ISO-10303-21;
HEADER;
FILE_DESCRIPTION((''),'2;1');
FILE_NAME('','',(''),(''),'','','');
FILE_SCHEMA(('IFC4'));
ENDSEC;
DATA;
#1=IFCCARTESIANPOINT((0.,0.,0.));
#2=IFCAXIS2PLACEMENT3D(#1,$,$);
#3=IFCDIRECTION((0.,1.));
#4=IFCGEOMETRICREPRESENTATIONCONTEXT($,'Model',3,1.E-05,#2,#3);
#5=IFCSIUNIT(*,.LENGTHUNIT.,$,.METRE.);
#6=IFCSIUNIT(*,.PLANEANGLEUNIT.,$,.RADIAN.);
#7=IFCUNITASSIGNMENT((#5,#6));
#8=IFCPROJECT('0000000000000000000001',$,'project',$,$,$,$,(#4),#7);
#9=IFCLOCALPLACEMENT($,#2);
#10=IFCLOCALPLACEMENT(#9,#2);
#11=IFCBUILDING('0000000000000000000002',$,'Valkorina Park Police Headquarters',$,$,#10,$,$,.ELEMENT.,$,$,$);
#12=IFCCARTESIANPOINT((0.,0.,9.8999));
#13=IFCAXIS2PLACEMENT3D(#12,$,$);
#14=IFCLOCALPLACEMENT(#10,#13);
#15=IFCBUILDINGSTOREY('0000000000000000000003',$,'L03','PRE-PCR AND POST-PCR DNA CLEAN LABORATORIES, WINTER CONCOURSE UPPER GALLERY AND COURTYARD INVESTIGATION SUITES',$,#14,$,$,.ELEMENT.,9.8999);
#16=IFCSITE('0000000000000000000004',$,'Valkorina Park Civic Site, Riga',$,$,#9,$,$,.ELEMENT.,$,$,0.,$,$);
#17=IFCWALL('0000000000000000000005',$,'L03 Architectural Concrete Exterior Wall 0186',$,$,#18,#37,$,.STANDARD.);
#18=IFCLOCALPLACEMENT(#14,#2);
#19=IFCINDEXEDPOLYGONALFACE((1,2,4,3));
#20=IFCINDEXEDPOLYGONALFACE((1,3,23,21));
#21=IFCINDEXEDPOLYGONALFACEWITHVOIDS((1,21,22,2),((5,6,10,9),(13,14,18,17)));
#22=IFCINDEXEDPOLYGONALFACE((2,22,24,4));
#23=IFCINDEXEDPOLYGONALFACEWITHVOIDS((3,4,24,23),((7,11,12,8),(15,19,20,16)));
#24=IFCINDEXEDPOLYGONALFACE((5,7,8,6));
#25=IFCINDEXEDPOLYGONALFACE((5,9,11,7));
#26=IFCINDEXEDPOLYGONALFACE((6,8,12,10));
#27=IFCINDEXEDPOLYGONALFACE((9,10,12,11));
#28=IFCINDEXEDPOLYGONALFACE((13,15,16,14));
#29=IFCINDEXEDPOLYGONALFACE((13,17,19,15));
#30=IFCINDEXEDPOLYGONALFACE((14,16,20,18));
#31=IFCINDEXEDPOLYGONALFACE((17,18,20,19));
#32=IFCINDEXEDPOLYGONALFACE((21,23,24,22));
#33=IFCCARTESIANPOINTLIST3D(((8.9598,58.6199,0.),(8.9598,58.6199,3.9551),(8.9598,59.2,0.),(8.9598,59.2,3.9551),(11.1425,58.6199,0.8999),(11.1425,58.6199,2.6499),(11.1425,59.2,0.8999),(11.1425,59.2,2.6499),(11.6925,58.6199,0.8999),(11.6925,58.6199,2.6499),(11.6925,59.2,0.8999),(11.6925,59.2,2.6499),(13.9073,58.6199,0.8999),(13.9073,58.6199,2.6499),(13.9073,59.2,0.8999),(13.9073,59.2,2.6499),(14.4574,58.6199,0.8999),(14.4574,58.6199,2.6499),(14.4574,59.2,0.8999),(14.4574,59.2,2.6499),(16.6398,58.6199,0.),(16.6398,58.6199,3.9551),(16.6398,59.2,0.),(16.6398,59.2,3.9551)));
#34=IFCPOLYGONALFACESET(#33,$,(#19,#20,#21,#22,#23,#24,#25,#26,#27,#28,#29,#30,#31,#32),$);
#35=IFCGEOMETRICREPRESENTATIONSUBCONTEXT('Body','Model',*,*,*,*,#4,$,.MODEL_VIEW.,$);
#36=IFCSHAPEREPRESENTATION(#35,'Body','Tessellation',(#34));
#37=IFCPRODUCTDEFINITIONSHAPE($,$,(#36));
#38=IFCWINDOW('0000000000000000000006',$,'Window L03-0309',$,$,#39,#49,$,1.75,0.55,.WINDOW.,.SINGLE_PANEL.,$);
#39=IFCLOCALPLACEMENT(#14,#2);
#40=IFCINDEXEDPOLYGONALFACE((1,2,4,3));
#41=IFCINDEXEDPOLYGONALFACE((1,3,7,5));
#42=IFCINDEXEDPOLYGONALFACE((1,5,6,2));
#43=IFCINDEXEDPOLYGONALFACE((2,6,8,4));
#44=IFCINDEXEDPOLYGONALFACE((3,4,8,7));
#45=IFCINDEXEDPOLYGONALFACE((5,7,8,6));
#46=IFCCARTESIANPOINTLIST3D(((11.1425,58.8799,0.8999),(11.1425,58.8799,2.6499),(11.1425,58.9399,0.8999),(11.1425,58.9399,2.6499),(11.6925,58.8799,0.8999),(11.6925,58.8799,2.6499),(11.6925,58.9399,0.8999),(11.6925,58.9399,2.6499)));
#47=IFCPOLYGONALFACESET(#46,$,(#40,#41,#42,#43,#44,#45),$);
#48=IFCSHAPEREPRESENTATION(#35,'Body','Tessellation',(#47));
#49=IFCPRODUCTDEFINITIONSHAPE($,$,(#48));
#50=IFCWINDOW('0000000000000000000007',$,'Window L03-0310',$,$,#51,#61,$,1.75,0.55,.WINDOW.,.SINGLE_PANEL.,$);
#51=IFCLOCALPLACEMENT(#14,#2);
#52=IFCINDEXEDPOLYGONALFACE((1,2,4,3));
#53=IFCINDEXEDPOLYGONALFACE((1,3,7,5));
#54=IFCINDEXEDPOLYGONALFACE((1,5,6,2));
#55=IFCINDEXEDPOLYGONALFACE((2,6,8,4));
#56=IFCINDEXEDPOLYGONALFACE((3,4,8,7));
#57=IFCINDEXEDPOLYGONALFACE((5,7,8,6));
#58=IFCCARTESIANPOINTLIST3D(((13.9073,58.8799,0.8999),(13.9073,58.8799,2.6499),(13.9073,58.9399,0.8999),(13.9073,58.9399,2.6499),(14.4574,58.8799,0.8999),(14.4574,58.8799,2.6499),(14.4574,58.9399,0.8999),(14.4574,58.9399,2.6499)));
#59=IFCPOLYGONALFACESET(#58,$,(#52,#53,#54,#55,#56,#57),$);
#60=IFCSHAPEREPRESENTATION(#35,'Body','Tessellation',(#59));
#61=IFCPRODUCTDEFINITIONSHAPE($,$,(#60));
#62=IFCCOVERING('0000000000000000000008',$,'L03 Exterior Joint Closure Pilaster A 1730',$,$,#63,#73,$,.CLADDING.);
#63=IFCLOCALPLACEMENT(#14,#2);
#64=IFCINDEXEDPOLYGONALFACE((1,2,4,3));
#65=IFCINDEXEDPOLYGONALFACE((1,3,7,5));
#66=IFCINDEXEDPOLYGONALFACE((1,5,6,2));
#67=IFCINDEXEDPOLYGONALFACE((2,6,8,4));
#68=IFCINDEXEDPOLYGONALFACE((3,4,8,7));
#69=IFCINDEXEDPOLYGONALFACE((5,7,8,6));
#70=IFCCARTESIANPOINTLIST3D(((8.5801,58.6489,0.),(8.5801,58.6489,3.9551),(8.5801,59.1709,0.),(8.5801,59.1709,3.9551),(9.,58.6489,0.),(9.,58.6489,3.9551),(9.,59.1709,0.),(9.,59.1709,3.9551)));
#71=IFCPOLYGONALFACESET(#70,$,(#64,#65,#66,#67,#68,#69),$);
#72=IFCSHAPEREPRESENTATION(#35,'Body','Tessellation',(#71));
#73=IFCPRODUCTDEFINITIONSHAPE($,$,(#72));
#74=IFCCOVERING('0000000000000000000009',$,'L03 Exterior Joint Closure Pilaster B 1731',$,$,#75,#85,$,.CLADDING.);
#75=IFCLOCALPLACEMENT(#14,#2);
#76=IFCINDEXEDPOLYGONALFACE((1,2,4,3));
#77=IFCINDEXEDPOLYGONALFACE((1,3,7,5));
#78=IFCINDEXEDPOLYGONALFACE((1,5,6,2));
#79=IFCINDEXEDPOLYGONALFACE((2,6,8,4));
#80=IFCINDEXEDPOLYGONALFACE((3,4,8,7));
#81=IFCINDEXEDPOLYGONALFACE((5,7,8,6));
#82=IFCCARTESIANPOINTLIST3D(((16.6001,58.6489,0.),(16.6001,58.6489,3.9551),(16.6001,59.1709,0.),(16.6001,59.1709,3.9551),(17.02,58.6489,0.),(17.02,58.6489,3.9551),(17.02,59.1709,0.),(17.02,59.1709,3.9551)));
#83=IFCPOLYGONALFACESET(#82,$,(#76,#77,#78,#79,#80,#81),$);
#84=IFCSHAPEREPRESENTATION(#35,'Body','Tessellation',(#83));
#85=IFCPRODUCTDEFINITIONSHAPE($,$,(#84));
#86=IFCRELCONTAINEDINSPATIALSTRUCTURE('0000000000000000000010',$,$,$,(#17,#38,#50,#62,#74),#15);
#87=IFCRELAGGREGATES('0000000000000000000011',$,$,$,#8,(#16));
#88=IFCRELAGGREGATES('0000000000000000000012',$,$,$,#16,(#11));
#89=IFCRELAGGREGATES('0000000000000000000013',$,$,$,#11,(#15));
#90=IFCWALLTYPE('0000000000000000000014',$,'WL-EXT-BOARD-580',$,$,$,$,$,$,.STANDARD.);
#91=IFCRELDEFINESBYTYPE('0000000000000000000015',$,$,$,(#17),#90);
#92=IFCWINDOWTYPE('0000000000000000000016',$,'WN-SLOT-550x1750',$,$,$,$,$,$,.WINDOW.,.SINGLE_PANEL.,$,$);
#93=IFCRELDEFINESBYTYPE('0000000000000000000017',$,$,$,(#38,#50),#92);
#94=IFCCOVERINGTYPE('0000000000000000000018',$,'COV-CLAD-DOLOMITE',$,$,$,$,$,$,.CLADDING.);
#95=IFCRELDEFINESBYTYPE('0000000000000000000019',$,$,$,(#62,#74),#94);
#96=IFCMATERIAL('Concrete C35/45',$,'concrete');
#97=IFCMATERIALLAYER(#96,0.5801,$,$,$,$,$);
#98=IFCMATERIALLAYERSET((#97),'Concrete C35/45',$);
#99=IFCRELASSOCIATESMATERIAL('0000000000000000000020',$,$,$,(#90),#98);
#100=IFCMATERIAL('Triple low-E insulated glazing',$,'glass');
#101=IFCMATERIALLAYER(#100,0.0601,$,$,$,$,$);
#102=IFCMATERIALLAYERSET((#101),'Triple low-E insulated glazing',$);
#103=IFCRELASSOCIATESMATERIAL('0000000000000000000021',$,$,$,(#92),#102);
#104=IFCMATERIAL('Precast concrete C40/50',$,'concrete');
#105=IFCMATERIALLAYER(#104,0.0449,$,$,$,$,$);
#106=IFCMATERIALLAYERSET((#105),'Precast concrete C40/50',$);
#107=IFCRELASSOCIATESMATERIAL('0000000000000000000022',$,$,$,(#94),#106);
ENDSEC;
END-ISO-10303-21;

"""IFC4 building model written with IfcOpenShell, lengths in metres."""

from ifc_helpers import new_model, si_unit, direction, frame, frame_2d, origin, origin_2d, place, context, subcontext, project, spatial, rectangle, extrude, material, layer, layer_set, type_object, element, fill, save


model = new_model("IFC4")

# Units and contexts
model_context = context("Model", 3, precision=1e-05, world=origin(), true_north=direction((0.0, 1.0)))
body_context = subcontext(model_context, "Body", "Model", "MODEL_VIEW")
ifc_project = project(units=[si_unit("LENGTHUNIT", "METRE"), si_unit("PLANEANGLEUNIT", "RADIAN")], contexts=[model_context])

# Site, building, storey
site_placement = place(None, origin())
site = spatial("IfcSite", under=ifc_project, at=site_placement, Name="Valkorina Park Civic Site, Riga", CompositionType="ELEMENT", RefElevation=0.0)
building_placement = place(site_placement, origin())
building = spatial("IfcBuilding", under=site, at=building_placement, Name="Valkorina Park Police Headquarters", CompositionType="ELEMENT")
storey_placement = place(building_placement, frame((0.0, 0.0, 9.8999)))
storey = spatial("IfcBuildingStorey", under=building, at=storey_placement, Name="L03", Description="PRE-PCR AND POST-PCR DNA CLEAN LABORATORIES, WINTER CONCOURSE UPPER GALLERY AND COURTYARD INVESTIGATION SUITES", CompositionType="ELEMENT", Elevation=9.8999)

# Shared definitions
ifc_material_1 = material(Name="Triple low-E insulated glazing", Category="glass")

# Wall, openings, windows
ifc_material_2 = material(Name="Concrete C35/45", Category="concrete")
ifc_layer_1 = layer(ifc_material_2, 0.5801)
ifc_layer_set_1 = layer_set([ifc_layer_1], Name="Concrete C35/45")
wall_type = type_object("IfcWallType", Name="WL-EXT-BOARD-580", PredefinedType="STANDARD", material=ifc_layer_set_1)
wall_placement = place(storey_placement, frame((8.96, 58.9099, 0.0), z_axis=(0.0, 0.0, 1.0), x_axis=(1.0, 0.0, 0.0)))
wall = element("IfcWall", 1, at=wall_placement, inside=storey, type_object=wall_type, Name="L03 Architectural Concrete Exterior Wall 0186", PredefinedType="STANDARD", context=body_context, shape_type="SweptSolid", body=[
    extrude(rectangle(XDim=7.6799, YDim=0.5801, at=frame_2d((3.8398, 0.0))), origin(), (0.0, 0.0, 1.0), 3.9551),
])
opening_1_placement = place(wall_placement, frame((2.1826, 0.0, 0.8999)))
opening_1 = element("IfcOpeningElement", 2, at=opening_1_placement, cuts=wall, PredefinedType="OPENING", context=body_context, shape_type="SweptSolid", body=[
    extrude(rectangle(XDim=0.55, YDim=1.75, at=frame_2d((0.2749, 0.875))), frame((0.0, 0.3, 0.0), z_axis=(0.0, -1.0, 0.0), x_axis=(1.0, 0.0, 0.0)), (0.0, 0.0, 1.0), 0.6001),
])
opening_2_placement = place(wall_placement, frame((4.9475, 0.0, 0.8999)))
opening_2 = element("IfcOpeningElement", 3, at=opening_2_placement, cuts=wall, PredefinedType="OPENING", context=body_context, shape_type="SweptSolid", body=[
    extrude(rectangle(XDim=0.55, YDim=1.75, at=frame_2d((0.2749, 0.875))), frame((0.0, 0.3, 0.0), z_axis=(0.0, -1.0, 0.0), x_axis=(1.0, 0.0, 0.0)), (0.0, 0.0, 1.0), 0.6001),
])
ifc_layer_2 = layer(ifc_material_1, 0.0601)
ifc_layer_set_2 = layer_set([ifc_layer_2], Name="Triple low-E insulated glazing")
window_type = type_object("IfcWindowType", Name="WN-SLOT-550x1750", PartitioningType="SINGLE_PANEL", PredefinedType="WINDOW", material=ifc_layer_set_2)
window_1_placement = place(opening_1_placement, origin())
window_1 = element("IfcWindow", 4, at=window_1_placement, inside=storey, type_object=window_type, Name="Window L03-0309", OverallHeight=1.75, OverallWidth=0.55, PartitioningType="SINGLE_PANEL", PredefinedType="WINDOW", context=body_context, shape_type="SweptSolid", body=[
    extrude(rectangle(XDim=0.55, YDim=1.75, at=frame_2d((0.2749, 0.875))), frame((0.0, 0.03, 0.0), z_axis=(0.0, -1.0, 0.0), x_axis=(1.0, 0.0, 0.0)), (0.0, 0.0, 1.0), 0.0601),
])
fill(opening_1, window_1)
window_2_placement = place(opening_2_placement, origin())
window_2 = element("IfcWindow", 5, at=window_2_placement, inside=storey, type_object=window_type, Name="Window L03-0310", OverallHeight=1.75, OverallWidth=0.55, PartitioningType="SINGLE_PANEL", PredefinedType="WINDOW", context=body_context, shape_type="SweptSolid", body=[
    extrude(rectangle(XDim=0.55, YDim=1.75, at=frame_2d((0.2749, 0.875))), frame((0.0, 0.03, 0.0), z_axis=(0.0, -1.0, 0.0), x_axis=(1.0, 0.0, 0.0)), (0.0, 0.0, 1.0), 0.0601),
])
fill(opening_2, window_2)

# Coverings
ifc_material_3 = material(Name="Precast concrete C40/50", Category="concrete")
ifc_layer_3 = layer(ifc_material_3, 0.0449)
ifc_layer_set_3 = layer_set([ifc_layer_3], Name="Precast concrete C40/50")
covering_type = type_object("IfcCoveringType", Name="COV-CLAD-DOLOMITE", PredefinedType="CLADDING", material=ifc_layer_set_3)
for number, where, z_axis, x_axis, name in (
    (6, (8.79, 58.9099, 0.0), (0.0, 0.0, 1.0), (1.0, 0.0, 0.0), "L03 Exterior Joint Closure Pilaster A 1730"),
    (7, (16.8101, 58.9099, 0.0), (0.0, 0.0, 1.0), (1.0, 0.0, 0.0), "L03 Exterior Joint Closure Pilaster B 1731"),
):
    element("IfcCovering", number, at=place(storey_placement, frame(where, z_axis=z_axis, x_axis=x_axis)), inside=storey, type_object=covering_type, Name=name, PredefinedType="CLADDING", context=body_context, shape_type="SweptSolid", body=[
        extrude(rectangle(XDim=0.4199, YDim=0.522, at=origin_2d()), origin(), (0.0, 0.0, 1.0), 3.9551),
    ])

save(model, "model.ifc")
